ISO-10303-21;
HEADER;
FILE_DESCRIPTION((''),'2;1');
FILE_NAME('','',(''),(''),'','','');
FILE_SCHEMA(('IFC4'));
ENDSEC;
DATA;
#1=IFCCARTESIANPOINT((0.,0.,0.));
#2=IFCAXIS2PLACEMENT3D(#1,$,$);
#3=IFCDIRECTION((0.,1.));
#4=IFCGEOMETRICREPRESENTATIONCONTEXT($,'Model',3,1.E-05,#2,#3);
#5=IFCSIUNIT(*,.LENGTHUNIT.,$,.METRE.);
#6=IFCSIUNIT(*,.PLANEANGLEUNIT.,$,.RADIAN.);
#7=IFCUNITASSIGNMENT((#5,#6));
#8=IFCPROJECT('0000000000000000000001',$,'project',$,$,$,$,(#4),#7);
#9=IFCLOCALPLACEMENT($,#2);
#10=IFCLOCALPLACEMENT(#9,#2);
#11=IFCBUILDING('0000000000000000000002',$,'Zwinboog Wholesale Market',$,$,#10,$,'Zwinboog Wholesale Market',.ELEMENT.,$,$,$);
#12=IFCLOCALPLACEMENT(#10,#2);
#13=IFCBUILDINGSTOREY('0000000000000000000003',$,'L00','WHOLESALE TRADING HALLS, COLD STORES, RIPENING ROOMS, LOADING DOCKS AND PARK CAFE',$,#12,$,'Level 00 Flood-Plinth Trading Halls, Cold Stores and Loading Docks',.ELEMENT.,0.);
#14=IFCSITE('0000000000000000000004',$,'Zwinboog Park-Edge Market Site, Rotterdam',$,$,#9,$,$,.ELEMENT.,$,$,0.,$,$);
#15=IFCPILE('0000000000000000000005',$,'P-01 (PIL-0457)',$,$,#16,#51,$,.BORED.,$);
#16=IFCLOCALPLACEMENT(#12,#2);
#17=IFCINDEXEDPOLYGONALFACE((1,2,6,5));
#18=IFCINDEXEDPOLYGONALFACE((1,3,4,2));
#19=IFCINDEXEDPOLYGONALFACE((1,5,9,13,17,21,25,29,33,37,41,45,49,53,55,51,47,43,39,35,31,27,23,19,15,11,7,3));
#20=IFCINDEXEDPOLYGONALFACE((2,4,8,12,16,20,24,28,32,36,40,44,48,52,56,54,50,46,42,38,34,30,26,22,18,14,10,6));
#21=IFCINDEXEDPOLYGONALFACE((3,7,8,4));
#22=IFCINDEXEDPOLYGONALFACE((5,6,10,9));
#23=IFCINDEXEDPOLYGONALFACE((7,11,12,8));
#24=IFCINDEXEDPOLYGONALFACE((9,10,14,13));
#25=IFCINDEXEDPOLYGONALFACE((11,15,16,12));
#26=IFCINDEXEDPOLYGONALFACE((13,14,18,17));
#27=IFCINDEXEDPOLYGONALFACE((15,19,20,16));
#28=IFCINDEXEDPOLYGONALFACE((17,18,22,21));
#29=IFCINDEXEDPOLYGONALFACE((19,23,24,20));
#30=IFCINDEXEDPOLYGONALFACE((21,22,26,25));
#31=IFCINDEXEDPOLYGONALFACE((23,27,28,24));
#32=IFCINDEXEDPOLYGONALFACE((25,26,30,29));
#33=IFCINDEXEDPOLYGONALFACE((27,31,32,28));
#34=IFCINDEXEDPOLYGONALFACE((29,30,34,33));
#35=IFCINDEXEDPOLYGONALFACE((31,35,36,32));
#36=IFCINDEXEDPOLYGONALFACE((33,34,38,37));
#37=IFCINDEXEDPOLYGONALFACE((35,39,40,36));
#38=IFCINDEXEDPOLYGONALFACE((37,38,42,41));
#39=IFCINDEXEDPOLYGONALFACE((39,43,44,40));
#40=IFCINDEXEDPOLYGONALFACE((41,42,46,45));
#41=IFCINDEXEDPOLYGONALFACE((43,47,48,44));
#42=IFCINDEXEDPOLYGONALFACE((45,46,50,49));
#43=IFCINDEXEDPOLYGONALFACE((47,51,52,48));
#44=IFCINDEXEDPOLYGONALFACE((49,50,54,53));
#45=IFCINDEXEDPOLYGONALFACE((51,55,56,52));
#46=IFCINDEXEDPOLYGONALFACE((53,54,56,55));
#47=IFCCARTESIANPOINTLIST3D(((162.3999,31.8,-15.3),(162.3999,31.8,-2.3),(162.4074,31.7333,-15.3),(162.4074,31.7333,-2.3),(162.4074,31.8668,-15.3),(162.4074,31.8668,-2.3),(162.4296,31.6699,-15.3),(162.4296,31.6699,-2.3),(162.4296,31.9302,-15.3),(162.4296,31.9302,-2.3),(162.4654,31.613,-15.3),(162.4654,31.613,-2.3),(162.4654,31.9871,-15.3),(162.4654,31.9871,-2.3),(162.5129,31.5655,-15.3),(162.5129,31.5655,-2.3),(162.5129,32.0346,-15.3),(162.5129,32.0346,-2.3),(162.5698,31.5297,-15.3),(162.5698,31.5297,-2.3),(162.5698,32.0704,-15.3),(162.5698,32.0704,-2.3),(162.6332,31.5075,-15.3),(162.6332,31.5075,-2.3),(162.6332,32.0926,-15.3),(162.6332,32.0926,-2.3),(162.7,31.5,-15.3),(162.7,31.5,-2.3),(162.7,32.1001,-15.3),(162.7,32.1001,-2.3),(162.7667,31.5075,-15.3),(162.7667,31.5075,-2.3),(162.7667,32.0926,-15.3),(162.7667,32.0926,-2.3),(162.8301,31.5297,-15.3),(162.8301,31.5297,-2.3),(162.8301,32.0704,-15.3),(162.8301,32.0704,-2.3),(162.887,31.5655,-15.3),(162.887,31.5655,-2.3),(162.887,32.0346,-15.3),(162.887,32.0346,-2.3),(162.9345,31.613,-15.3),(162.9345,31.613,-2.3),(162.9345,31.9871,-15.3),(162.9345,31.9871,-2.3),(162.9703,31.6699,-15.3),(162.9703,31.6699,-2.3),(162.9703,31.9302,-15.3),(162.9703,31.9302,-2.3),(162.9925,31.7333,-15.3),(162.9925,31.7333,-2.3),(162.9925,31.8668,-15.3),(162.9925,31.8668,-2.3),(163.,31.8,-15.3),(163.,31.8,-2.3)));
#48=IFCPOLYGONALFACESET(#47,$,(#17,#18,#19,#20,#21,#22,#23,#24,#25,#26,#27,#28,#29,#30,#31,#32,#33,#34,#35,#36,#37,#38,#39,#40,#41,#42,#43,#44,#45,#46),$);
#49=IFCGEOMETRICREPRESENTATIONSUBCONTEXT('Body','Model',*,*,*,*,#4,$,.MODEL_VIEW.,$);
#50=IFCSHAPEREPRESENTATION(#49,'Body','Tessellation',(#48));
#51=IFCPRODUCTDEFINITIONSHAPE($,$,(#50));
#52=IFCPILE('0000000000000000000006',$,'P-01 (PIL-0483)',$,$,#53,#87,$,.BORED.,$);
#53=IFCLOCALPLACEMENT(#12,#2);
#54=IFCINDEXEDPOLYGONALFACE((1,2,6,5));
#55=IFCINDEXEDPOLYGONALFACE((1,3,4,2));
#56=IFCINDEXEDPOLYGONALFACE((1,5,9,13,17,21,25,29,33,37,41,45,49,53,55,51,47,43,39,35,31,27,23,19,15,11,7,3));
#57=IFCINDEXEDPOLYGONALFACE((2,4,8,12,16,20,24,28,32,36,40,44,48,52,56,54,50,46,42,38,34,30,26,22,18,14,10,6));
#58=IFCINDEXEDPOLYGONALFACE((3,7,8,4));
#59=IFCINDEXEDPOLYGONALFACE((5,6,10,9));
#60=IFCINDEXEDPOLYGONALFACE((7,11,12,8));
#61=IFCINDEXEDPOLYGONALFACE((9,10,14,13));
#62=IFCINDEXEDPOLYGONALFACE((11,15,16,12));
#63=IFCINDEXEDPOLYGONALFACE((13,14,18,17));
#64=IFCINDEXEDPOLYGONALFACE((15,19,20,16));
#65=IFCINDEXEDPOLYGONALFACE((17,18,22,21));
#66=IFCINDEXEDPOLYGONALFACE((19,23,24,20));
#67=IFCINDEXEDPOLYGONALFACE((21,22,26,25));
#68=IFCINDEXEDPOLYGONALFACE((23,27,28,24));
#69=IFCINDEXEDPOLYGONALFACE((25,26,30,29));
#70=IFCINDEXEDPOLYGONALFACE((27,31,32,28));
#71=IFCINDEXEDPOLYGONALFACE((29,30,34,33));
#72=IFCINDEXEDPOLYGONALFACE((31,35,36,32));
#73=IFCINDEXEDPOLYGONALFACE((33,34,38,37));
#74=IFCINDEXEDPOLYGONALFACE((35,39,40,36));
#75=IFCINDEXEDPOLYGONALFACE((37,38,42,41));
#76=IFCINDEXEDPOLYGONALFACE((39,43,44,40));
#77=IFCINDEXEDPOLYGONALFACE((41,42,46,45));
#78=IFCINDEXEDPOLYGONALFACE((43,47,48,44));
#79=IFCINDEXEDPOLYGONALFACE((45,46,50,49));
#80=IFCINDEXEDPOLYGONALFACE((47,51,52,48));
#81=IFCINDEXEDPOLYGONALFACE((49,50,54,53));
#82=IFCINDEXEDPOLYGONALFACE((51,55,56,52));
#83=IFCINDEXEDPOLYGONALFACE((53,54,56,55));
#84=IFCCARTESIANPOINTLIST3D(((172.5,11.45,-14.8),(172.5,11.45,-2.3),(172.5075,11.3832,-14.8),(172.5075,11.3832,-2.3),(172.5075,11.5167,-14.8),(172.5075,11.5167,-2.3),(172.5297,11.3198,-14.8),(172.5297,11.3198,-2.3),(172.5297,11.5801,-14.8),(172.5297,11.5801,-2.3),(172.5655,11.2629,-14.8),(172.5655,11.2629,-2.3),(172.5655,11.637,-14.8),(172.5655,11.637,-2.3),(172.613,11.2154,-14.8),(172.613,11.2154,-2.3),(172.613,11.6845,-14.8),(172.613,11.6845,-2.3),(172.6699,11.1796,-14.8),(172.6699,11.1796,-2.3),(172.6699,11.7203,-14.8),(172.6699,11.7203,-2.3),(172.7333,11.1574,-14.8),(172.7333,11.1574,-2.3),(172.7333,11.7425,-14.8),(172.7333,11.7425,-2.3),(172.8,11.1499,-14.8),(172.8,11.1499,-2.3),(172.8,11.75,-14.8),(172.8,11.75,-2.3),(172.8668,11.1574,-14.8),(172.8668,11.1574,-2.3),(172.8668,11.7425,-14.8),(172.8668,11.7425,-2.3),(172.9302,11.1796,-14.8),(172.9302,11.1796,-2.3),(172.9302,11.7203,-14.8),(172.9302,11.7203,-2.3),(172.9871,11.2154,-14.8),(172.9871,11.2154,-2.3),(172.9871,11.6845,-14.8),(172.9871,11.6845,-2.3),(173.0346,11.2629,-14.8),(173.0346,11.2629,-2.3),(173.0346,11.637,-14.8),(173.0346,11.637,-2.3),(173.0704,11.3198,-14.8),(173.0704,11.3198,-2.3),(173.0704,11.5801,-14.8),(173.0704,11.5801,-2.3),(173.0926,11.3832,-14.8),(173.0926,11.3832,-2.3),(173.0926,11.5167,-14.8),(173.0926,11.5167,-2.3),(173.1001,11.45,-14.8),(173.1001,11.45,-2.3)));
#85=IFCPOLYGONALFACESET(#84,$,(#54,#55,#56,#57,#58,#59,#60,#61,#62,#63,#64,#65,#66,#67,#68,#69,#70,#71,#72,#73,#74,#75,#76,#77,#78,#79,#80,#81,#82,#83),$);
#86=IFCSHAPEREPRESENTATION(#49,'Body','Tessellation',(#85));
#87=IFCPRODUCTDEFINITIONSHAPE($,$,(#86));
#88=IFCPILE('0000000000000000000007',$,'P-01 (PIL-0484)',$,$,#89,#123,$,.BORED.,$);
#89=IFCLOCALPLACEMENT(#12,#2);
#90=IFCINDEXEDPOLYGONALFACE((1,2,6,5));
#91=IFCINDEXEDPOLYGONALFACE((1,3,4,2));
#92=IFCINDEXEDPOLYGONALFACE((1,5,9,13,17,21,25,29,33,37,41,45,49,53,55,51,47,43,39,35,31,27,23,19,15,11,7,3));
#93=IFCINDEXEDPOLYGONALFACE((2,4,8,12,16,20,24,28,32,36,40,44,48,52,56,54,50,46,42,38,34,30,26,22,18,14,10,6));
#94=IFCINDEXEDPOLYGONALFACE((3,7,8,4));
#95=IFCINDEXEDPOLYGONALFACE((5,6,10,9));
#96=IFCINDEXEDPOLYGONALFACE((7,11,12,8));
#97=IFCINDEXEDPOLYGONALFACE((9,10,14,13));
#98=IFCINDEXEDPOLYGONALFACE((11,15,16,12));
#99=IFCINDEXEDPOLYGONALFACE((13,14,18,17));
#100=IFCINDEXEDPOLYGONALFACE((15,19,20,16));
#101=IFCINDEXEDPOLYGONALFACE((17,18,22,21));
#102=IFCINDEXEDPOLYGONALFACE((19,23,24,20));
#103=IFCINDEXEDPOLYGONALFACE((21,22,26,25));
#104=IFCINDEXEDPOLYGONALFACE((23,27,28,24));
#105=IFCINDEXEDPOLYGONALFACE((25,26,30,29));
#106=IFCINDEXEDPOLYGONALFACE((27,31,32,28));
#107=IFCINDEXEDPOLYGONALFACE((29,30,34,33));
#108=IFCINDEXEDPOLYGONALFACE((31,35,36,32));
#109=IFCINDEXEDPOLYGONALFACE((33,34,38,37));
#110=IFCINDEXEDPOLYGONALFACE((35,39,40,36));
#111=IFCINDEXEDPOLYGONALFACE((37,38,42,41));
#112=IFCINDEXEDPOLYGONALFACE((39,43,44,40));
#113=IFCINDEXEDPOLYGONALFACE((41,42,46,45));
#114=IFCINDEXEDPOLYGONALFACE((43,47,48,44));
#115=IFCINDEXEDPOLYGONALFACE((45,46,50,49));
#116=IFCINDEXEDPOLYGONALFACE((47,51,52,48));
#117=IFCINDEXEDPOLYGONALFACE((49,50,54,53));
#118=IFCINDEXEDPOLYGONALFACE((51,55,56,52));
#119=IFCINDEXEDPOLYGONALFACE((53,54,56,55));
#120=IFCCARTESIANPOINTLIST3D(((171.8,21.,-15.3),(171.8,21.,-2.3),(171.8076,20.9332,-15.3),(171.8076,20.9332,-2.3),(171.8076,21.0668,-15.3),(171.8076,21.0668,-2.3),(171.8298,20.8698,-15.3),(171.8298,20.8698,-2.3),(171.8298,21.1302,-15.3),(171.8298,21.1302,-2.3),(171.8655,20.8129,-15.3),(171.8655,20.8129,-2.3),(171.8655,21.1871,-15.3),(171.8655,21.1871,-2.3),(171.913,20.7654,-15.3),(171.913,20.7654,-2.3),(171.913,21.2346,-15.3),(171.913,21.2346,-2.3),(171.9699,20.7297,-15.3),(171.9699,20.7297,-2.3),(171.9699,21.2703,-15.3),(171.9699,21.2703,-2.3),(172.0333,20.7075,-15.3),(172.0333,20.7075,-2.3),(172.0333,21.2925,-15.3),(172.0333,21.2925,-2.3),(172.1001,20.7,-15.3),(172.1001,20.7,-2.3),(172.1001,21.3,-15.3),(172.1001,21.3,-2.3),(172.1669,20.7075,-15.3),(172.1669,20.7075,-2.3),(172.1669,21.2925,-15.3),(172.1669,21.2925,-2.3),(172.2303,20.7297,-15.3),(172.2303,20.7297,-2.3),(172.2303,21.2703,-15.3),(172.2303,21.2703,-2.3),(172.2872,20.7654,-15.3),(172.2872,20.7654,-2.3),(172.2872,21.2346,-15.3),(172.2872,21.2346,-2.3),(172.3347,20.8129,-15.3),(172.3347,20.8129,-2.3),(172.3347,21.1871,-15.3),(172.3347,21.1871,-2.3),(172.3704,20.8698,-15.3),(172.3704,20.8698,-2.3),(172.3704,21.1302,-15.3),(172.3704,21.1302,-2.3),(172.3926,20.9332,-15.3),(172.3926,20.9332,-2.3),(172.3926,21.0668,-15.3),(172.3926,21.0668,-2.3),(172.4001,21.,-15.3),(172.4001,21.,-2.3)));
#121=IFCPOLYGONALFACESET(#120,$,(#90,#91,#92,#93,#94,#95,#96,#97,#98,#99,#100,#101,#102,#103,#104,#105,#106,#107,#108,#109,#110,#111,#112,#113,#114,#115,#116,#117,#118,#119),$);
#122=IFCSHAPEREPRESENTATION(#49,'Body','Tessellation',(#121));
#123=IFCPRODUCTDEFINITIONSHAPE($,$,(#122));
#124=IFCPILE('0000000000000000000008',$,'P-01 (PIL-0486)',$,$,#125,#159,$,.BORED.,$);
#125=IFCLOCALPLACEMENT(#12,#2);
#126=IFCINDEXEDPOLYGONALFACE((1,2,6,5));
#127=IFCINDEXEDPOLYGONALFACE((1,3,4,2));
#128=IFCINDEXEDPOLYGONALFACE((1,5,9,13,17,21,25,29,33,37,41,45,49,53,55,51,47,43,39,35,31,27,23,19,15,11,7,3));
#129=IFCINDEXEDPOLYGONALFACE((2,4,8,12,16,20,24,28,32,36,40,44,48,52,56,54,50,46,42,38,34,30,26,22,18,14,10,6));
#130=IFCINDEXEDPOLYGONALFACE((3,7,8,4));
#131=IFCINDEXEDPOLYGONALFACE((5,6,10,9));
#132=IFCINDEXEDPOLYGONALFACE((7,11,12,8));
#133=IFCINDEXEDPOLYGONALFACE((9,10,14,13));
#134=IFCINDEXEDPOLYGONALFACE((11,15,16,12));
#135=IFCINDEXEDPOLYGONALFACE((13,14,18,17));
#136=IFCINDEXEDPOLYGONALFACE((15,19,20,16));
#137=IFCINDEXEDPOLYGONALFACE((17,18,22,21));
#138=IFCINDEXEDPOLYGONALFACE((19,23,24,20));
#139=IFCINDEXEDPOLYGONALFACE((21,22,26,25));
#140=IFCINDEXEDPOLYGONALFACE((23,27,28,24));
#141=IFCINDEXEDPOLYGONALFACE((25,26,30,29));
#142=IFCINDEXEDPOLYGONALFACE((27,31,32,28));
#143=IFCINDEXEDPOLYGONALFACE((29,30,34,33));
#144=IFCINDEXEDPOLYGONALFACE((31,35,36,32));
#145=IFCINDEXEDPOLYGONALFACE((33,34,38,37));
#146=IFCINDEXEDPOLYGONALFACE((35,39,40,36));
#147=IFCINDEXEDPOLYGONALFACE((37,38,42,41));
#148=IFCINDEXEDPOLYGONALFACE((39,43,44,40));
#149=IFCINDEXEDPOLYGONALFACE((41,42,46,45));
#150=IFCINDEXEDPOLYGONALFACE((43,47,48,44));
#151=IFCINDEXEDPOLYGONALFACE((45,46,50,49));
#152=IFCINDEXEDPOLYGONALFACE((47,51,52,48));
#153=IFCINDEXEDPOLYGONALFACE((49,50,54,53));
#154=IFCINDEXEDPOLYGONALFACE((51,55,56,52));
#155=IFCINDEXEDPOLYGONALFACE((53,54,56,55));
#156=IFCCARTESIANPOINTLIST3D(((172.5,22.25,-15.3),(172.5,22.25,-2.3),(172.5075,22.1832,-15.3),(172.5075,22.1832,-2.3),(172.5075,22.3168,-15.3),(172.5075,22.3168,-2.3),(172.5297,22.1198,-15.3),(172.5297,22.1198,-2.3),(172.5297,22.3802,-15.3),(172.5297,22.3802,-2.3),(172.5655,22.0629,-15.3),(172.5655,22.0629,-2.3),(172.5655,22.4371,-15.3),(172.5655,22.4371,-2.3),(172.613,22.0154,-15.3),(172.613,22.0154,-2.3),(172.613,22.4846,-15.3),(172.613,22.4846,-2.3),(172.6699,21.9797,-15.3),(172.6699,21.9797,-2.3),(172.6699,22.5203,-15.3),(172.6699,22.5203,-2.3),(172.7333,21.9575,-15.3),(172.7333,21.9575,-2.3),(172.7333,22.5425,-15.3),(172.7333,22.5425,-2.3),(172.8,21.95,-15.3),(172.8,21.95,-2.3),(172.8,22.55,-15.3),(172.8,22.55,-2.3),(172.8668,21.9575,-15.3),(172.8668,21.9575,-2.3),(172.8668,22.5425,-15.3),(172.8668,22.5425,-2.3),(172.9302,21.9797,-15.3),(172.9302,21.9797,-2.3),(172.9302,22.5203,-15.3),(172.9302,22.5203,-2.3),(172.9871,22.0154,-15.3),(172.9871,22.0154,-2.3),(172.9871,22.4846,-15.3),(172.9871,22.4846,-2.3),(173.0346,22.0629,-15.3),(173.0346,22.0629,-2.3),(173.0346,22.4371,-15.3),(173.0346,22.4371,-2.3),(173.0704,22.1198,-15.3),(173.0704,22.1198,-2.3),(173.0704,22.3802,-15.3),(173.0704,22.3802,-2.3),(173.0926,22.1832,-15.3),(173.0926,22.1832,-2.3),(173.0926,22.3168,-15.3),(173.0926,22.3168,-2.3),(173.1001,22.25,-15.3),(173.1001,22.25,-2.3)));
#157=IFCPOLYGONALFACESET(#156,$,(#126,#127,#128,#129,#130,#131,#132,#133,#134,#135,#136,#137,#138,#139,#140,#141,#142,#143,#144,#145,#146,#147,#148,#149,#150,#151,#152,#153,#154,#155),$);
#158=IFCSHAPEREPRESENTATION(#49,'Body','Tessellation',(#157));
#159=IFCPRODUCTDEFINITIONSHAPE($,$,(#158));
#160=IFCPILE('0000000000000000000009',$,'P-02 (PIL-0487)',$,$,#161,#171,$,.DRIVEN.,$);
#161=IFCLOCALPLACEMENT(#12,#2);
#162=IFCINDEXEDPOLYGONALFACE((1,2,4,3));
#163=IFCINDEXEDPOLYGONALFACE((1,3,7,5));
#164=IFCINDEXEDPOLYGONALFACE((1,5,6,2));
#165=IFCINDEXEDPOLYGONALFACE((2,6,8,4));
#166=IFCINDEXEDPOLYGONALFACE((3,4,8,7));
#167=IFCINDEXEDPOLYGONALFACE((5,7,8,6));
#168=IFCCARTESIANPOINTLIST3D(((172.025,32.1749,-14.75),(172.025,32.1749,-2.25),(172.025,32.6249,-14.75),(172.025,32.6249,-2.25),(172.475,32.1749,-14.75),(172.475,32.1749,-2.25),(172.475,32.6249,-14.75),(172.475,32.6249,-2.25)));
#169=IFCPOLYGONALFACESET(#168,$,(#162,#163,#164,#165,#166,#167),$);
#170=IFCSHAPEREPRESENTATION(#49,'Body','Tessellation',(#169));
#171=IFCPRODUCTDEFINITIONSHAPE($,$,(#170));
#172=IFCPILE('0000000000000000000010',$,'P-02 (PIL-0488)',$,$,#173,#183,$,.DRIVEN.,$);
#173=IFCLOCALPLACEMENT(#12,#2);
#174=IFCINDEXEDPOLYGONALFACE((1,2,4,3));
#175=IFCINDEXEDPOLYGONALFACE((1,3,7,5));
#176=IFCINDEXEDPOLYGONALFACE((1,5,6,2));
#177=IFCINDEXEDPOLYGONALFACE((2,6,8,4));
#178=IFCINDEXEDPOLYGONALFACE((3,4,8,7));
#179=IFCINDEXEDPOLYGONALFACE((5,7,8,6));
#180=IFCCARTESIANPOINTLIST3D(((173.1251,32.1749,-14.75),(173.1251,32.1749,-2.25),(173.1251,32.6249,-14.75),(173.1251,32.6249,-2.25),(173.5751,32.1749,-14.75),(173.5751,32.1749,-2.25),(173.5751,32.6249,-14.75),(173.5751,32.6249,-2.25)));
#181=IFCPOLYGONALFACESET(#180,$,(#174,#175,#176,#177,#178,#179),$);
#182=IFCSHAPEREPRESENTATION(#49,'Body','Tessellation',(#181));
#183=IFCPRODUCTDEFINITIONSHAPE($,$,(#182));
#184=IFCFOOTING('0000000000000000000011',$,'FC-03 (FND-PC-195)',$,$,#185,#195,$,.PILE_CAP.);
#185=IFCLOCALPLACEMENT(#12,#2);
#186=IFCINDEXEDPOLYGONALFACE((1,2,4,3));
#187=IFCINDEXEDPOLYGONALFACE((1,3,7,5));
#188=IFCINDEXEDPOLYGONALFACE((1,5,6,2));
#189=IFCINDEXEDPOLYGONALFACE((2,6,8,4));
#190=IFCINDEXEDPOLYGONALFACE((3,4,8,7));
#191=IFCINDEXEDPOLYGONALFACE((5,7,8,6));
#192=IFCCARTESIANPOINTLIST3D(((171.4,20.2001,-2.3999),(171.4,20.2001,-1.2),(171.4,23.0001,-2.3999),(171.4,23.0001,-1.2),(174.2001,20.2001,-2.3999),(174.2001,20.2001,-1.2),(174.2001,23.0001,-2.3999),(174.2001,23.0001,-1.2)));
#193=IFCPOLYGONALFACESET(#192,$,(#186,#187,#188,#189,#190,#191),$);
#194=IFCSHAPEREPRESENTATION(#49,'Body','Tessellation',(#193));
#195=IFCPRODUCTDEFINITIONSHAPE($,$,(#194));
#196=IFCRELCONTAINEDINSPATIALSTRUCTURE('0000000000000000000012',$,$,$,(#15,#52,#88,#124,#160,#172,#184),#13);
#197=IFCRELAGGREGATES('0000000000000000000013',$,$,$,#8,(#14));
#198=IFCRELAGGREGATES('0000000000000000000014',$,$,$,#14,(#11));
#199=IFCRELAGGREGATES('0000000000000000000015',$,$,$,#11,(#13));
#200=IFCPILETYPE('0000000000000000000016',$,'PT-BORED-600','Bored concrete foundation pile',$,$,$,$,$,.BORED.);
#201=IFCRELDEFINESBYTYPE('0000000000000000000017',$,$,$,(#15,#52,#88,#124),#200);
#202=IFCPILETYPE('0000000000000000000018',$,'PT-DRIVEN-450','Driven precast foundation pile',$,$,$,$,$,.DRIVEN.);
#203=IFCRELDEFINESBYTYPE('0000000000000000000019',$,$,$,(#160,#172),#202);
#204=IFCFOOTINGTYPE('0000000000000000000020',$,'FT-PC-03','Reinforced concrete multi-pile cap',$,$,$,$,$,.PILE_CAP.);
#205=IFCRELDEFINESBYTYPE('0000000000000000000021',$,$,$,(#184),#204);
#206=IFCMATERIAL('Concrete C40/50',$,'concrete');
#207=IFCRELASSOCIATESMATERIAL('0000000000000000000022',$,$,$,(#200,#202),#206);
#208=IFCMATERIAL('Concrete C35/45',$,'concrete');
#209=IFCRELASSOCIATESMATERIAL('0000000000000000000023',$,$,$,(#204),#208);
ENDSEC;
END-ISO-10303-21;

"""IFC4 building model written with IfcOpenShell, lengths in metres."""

from ifc_helpers import new_model, si_unit, direction, frame, origin, origin_2d, place, context, subcontext, project, spatial, rectangle, circle, extrude, material, material_profile, profile_set, type_object, element, save


model = new_model("IFC4")

# Units and contexts
model_context = context("Model", 3, precision=1e-05, world=origin(), true_north=direction((0.0, 1.0)))
body_context = subcontext(model_context, "Body", "Model", "MODEL_VIEW")
ifc_project = project(units=[si_unit("LENGTHUNIT", "METRE"), si_unit("PLANEANGLEUNIT", "RADIAN")], contexts=[model_context])

# Site, building, storey
site_placement = place(None, origin())
site = spatial("IfcSite", under=ifc_project, at=site_placement, Name="Zwinboog Park-Edge Market Site, Rotterdam", CompositionType="ELEMENT", RefElevation=0.0)
building_placement = place(site_placement, origin())
building = spatial("IfcBuilding", under=site, at=building_placement, Name="Zwinboog Wholesale Market", LongName="Zwinboog Wholesale Market", CompositionType="ELEMENT")
storey_placement = place(building_placement, origin())
storey = spatial("IfcBuildingStorey", under=building, at=storey_placement, Name="L00", Description="WHOLESALE TRADING HALLS, COLD STORES, RIPENING ROOMS, LOADING DOCKS AND PARK CAFE", LongName="Level 00 Flood-Plinth Trading Halls, Cold Stores and Loading Docks", CompositionType="ELEMENT", Elevation=0.0)

# Piles
ifc_material_1 = material(Name="Concrete C40/50", Category="concrete")
ifc_material_profile_1 = material_profile(ifc_material_1, circle(Radius=0.3, at=origin_2d()), Name="PILE D600")
ifc_profile_set_1 = profile_set([ifc_material_profile_1], Name="Concrete C40/50")
pile_type_1 = type_object("IfcPileType", Name="PT-BORED-600", Description="Bored concrete foundation pile", PredefinedType="BORED", material=ifc_profile_set_1)
pile_1_placement = place(storey_placement, frame((162.7, 31.8, -2.3), z_axis=(0.0, 0.0, -1.0), x_axis=(1.0, 0.0, 0.0)))
element("IfcPile", 1, at=pile_1_placement, inside=storey, type_object=pile_type_1, Name="P-01 (PIL-0457)", PredefinedType="BORED", context=body_context, shape_type="SweptSolid", body=[
    extrude(circle(Radius=0.3, at=origin_2d()), origin(), (0.0, 0.0, 1.0), 13.0),
])
pile_2_placement = place(storey_placement, frame((172.8, 11.45, -2.3), z_axis=(0.0, 0.0, -1.0), x_axis=(1.0, 0.0, 0.0)))
element("IfcPile", 2, at=pile_2_placement, inside=storey, type_object=pile_type_1, Name="P-01 (PIL-0483)", PredefinedType="BORED", context=body_context, shape_type="SweptSolid", body=[
    extrude(circle(Radius=0.3, at=origin_2d()), origin(), (0.0, 0.0, 1.0), 12.5),
])
for number, where, z_axis, x_axis, name in (
    (3, (172.1001, 21.0, -2.3), (0.0, 0.0, -1.0), (1.0, 0.0, 0.0), "P-01 (PIL-0484)"),
    (4, (172.8, 22.25, -2.3), (0.0, 0.0, -1.0), (1.0, 0.0, 0.0), "P-01 (PIL-0486)"),
):
    element("IfcPile", number, at=place(storey_placement, frame(where, z_axis=z_axis, x_axis=x_axis)), inside=storey, type_object=pile_type_1, Name=name, PredefinedType="BORED", context=body_context, shape_type="SweptSolid", body=[
        extrude(circle(Radius=0.3, at=origin_2d()), origin(), (0.0, 0.0, 1.0), 13.0),
    ])
ifc_material_profile_2 = material_profile(ifc_material_1, rectangle(XDim=0.45, YDim=0.45, at=origin_2d()), Name="PILE SQ450")
ifc_profile_set_2 = profile_set([ifc_material_profile_2], Name="Concrete C40/50")
pile_type_2 = type_object("IfcPileType", Name="PT-DRIVEN-450", Description="Driven precast foundation pile", PredefinedType="DRIVEN", material=ifc_profile_set_2)
for number, where, z_axis, x_axis, name in (
    (5, (172.25, 32.3999, -2.25), (0.0, 0.0, -1.0), (1.0, 0.0, 0.0), "P-02 (PIL-0487)"),
    (6, (173.3501, 32.3999, -2.25), (0.0, 0.0, -1.0), (1.0, 0.0, 0.0), "P-02 (PIL-0488)"),
):
    element("IfcPile", number, at=place(storey_placement, frame(where, z_axis=z_axis, x_axis=x_axis)), inside=storey, type_object=pile_type_2, Name=name, PredefinedType="DRIVEN", context=body_context, shape_type="SweptSolid", body=[
        extrude(rectangle(XDim=0.45, YDim=0.45, at=origin_2d()), origin(), (0.0, 0.0, 1.0), 12.5),
    ])

# Footing
ifc_material_2 = material(Name="Concrete C35/45", Category="concrete")
footing_type_1 = type_object("IfcFootingType", Name="FT-PC-03", Description="Reinforced concrete multi-pile cap", PredefinedType="PILE_CAP", material=ifc_material_2)
footing_1_placement = place(storey_placement, frame((172.8, 21.6001, -2.3999), z_axis=(0.0, 0.0, 1.0), x_axis=(1.0, 0.0, 0.0)))
element("IfcFooting", 7, at=footing_1_placement, inside=storey, type_object=footing_type_1, Name="FC-03 (FND-PC-195)", PredefinedType="PILE_CAP", context=body_context, shape_type="SweptSolid", body=[
    extrude(rectangle(XDim=2.8, YDim=2.8, at=origin_2d()), origin(), (0.0, 0.0, 1.0), 1.2),
])

save(model, "model.ifc")
